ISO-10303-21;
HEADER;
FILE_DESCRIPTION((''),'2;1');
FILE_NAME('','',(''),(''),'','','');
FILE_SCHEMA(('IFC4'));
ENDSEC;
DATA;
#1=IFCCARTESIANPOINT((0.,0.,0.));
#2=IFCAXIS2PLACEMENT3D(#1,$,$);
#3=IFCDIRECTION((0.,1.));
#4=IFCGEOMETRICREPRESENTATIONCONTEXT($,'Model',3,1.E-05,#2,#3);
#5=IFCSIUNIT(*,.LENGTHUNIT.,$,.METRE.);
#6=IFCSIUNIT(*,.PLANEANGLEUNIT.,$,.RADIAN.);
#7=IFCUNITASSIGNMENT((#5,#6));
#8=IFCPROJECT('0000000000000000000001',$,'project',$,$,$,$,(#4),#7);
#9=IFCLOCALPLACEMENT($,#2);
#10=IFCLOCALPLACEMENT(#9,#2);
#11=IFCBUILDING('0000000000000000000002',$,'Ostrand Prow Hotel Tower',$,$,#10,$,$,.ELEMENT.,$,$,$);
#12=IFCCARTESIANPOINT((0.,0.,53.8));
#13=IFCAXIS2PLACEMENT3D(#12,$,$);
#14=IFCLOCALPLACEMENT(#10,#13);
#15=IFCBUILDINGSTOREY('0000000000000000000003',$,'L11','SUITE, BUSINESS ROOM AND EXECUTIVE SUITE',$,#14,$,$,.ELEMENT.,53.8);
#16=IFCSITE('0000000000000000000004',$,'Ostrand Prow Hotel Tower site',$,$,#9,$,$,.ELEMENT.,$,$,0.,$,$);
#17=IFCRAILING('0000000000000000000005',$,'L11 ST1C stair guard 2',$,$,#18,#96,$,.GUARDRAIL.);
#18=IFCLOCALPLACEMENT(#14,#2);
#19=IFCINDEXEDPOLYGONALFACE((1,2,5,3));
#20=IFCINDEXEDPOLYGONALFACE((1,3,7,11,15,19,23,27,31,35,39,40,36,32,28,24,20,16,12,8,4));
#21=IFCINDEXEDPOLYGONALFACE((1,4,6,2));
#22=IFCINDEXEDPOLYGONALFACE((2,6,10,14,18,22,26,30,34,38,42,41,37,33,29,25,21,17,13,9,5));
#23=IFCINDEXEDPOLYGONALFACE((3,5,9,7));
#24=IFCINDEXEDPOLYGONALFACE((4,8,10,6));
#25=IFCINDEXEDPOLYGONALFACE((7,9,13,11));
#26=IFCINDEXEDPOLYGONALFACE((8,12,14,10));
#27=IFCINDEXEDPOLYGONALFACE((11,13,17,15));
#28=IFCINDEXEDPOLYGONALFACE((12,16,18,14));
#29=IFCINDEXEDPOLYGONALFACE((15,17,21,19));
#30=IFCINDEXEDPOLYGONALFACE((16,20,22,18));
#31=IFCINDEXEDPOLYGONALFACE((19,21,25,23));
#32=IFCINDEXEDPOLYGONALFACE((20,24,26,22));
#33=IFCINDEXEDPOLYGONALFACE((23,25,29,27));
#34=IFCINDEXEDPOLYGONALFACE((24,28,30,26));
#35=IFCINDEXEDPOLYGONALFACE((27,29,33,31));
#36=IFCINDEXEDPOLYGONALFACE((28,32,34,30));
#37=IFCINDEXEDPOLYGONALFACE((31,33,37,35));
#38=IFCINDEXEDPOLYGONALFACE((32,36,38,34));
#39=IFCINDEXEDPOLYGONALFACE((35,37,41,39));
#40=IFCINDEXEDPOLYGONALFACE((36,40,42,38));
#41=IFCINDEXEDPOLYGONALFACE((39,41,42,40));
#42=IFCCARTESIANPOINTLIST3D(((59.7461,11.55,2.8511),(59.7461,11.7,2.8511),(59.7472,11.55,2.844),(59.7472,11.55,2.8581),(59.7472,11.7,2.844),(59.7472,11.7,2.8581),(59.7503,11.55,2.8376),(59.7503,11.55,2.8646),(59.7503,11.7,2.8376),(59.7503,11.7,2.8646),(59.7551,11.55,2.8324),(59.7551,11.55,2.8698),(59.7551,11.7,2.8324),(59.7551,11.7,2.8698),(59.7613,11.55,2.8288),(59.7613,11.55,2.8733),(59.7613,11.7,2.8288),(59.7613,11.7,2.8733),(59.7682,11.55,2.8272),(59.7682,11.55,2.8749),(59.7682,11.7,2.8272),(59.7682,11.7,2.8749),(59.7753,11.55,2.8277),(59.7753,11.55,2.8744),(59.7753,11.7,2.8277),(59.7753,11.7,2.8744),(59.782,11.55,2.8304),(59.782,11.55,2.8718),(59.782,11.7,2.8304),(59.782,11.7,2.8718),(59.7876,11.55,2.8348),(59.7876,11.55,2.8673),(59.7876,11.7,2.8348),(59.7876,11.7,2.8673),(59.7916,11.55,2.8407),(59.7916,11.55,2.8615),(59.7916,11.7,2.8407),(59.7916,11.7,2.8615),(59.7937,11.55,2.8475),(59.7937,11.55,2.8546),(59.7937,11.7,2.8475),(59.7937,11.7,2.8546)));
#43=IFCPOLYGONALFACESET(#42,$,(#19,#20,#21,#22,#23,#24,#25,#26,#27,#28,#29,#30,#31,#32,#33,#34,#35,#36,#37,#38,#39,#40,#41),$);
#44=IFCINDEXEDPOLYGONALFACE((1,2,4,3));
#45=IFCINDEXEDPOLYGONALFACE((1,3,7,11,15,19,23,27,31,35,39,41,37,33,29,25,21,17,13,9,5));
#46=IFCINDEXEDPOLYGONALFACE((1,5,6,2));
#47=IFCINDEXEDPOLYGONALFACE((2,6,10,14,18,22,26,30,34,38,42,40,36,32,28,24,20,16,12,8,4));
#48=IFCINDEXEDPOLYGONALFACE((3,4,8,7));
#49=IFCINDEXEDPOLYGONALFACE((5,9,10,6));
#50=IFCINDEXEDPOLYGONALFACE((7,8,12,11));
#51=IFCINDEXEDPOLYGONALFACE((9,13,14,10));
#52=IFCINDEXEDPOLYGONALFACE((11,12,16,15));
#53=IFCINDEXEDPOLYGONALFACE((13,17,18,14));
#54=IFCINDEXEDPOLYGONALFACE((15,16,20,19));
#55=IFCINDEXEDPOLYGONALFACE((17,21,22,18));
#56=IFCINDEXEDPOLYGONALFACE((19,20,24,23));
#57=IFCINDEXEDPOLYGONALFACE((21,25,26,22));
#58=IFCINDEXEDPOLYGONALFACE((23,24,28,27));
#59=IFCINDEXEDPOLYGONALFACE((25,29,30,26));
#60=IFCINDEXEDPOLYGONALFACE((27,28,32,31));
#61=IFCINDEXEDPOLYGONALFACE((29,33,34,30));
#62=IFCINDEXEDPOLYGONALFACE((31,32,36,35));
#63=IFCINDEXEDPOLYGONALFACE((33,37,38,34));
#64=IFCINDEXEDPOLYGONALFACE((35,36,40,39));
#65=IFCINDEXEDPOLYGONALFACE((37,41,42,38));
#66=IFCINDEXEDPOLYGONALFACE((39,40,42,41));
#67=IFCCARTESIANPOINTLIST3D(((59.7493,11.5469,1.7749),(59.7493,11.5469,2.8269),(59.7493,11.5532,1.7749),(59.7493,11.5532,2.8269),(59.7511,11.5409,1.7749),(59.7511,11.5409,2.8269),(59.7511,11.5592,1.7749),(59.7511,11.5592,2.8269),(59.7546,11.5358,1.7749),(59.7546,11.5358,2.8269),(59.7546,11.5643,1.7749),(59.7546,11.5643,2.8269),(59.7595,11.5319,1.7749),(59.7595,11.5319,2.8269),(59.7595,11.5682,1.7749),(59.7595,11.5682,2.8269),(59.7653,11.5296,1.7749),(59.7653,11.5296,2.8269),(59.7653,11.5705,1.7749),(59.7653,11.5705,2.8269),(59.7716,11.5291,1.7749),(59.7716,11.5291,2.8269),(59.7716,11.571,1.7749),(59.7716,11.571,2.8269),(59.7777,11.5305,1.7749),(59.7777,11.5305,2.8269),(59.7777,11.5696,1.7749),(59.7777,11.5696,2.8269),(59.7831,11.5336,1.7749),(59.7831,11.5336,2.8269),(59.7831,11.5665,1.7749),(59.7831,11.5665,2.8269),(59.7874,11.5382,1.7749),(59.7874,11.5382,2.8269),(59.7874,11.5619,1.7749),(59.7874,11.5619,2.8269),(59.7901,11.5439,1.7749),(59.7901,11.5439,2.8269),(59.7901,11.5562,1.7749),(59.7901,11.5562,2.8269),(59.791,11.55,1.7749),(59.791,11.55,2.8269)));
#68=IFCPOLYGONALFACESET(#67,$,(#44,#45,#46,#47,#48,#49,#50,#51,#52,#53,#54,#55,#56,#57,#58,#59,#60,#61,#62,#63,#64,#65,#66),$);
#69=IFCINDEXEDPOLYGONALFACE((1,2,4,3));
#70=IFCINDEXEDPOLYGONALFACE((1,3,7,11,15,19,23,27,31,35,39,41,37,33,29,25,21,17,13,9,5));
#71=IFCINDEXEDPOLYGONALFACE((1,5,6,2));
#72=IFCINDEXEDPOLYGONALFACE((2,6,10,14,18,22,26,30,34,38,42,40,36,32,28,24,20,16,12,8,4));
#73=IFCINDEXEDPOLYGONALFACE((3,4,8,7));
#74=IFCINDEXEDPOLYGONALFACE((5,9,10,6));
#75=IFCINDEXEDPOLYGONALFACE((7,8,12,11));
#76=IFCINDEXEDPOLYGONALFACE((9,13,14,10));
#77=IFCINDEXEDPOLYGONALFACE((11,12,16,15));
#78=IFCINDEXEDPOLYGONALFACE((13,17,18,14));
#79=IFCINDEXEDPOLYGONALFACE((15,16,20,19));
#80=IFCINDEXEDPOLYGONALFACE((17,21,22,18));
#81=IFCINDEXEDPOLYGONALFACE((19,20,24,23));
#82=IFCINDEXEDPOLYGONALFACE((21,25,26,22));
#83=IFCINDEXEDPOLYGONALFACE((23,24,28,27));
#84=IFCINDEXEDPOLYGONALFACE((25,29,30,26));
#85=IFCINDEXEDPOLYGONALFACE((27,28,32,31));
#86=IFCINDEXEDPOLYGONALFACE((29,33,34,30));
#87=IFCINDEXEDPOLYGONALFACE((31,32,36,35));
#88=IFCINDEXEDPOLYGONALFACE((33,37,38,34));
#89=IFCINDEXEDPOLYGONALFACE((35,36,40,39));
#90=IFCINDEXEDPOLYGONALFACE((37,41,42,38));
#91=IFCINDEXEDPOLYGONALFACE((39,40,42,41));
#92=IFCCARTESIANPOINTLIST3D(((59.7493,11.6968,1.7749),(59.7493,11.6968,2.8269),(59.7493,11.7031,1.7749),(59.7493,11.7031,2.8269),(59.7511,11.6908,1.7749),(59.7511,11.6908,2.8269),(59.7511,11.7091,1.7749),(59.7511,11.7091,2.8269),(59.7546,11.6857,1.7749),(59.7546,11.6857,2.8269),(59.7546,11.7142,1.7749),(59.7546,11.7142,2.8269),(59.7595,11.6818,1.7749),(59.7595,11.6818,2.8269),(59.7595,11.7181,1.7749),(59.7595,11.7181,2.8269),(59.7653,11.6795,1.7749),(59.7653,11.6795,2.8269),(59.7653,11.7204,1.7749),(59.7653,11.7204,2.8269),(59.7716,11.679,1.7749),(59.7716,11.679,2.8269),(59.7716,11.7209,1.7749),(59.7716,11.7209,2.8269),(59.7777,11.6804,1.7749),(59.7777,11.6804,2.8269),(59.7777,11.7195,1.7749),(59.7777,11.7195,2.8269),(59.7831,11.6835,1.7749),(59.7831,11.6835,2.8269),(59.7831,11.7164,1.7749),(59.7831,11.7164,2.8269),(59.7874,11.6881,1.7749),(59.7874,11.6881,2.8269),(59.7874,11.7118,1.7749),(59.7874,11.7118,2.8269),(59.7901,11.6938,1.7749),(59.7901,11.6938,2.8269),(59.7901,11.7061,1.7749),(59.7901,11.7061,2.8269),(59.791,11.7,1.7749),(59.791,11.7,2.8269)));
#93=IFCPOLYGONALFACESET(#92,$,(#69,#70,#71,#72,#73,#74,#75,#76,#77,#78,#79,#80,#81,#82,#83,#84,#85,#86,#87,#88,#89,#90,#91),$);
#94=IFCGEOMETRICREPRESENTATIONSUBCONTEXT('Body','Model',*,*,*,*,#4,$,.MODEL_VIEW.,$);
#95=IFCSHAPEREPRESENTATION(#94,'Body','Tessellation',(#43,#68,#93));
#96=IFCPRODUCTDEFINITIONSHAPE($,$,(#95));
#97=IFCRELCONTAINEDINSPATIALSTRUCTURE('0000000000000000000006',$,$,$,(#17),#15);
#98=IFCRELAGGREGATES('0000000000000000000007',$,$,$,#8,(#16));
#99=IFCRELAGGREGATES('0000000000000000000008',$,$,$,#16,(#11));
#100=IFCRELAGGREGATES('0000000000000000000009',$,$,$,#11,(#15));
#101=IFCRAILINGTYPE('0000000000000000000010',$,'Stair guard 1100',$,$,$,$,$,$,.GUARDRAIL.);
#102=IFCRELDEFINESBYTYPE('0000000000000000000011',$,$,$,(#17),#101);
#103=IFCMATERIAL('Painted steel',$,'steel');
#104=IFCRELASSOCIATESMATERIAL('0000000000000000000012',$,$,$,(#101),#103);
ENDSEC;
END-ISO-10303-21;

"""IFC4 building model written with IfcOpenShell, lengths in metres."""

from ifc_helpers import new_model, si_unit, direction, frame, origin, origin_2d, place, context, subcontext, project, spatial, circle, extrude, material, type_object, element, save


model = new_model("IFC4")

# Units and contexts
model_context = context("Model", 3, precision=1e-05, world=origin(), true_north=direction((0.0, 1.0)))
body_context = subcontext(model_context, "Body", "Model", "MODEL_VIEW")
ifc_project = project(units=[si_unit("LENGTHUNIT", "METRE"), si_unit("PLANEANGLEUNIT", "RADIAN")], contexts=[model_context])

# Site, building, storey
site_placement = place(None, origin())
site = spatial("IfcSite", under=ifc_project, at=site_placement, Name="Ostrand Prow Hotel Tower site", CompositionType="ELEMENT", RefElevation=0.0)
building_placement = place(site_placement, origin())
building = spatial("IfcBuilding", under=site, at=building_placement, Name="Ostrand Prow Hotel Tower", CompositionType="ELEMENT")
storey_placement = place(building_placement, frame((0.0, 0.0, 53.8)))
storey = spatial("IfcBuildingStorey", under=building, at=storey_placement, Name="L11", Description="SUITE, BUSINESS ROOM AND EXECUTIVE SUITE", CompositionType="ELEMENT", Elevation=53.8)

# Railing
ifc_material_1 = material(Name="Painted steel", Category="steel")
railing_type_1 = type_object("IfcRailingType", Name="Stair guard 1100", PredefinedType="GUARDRAIL", material=ifc_material_1)
railing_1_placement = place(storey_placement, frame((59.77, 11.55, 1.7749)))
element("IfcRailing", 1, at=railing_1_placement, inside=storey, type_object=railing_type_1, Name="L11 ST1C stair guard 2", PredefinedType="GUARDRAIL", context=body_context, shape_type="SweptSolid", body=[
    extrude(circle(Radius=0.0239, at=origin_2d()), frame((0.0, 0.0, 1.0762), z_axis=(0.0, 1.0, 0.0), x_axis=(-1.0, 0.0, 0.0)), (0.0, 0.0, 1.0), 0.1499),
    extrude(circle(Radius=0.021, at=origin_2d()), origin(), (0.0, 0.0, 1.0), 1.052),
    extrude(circle(Radius=0.021, at=origin_2d()), frame((0.0, 0.1499, 0.0)), (0.0, 0.0, 1.0), 1.052),
])

save(model, "model.ifc")
